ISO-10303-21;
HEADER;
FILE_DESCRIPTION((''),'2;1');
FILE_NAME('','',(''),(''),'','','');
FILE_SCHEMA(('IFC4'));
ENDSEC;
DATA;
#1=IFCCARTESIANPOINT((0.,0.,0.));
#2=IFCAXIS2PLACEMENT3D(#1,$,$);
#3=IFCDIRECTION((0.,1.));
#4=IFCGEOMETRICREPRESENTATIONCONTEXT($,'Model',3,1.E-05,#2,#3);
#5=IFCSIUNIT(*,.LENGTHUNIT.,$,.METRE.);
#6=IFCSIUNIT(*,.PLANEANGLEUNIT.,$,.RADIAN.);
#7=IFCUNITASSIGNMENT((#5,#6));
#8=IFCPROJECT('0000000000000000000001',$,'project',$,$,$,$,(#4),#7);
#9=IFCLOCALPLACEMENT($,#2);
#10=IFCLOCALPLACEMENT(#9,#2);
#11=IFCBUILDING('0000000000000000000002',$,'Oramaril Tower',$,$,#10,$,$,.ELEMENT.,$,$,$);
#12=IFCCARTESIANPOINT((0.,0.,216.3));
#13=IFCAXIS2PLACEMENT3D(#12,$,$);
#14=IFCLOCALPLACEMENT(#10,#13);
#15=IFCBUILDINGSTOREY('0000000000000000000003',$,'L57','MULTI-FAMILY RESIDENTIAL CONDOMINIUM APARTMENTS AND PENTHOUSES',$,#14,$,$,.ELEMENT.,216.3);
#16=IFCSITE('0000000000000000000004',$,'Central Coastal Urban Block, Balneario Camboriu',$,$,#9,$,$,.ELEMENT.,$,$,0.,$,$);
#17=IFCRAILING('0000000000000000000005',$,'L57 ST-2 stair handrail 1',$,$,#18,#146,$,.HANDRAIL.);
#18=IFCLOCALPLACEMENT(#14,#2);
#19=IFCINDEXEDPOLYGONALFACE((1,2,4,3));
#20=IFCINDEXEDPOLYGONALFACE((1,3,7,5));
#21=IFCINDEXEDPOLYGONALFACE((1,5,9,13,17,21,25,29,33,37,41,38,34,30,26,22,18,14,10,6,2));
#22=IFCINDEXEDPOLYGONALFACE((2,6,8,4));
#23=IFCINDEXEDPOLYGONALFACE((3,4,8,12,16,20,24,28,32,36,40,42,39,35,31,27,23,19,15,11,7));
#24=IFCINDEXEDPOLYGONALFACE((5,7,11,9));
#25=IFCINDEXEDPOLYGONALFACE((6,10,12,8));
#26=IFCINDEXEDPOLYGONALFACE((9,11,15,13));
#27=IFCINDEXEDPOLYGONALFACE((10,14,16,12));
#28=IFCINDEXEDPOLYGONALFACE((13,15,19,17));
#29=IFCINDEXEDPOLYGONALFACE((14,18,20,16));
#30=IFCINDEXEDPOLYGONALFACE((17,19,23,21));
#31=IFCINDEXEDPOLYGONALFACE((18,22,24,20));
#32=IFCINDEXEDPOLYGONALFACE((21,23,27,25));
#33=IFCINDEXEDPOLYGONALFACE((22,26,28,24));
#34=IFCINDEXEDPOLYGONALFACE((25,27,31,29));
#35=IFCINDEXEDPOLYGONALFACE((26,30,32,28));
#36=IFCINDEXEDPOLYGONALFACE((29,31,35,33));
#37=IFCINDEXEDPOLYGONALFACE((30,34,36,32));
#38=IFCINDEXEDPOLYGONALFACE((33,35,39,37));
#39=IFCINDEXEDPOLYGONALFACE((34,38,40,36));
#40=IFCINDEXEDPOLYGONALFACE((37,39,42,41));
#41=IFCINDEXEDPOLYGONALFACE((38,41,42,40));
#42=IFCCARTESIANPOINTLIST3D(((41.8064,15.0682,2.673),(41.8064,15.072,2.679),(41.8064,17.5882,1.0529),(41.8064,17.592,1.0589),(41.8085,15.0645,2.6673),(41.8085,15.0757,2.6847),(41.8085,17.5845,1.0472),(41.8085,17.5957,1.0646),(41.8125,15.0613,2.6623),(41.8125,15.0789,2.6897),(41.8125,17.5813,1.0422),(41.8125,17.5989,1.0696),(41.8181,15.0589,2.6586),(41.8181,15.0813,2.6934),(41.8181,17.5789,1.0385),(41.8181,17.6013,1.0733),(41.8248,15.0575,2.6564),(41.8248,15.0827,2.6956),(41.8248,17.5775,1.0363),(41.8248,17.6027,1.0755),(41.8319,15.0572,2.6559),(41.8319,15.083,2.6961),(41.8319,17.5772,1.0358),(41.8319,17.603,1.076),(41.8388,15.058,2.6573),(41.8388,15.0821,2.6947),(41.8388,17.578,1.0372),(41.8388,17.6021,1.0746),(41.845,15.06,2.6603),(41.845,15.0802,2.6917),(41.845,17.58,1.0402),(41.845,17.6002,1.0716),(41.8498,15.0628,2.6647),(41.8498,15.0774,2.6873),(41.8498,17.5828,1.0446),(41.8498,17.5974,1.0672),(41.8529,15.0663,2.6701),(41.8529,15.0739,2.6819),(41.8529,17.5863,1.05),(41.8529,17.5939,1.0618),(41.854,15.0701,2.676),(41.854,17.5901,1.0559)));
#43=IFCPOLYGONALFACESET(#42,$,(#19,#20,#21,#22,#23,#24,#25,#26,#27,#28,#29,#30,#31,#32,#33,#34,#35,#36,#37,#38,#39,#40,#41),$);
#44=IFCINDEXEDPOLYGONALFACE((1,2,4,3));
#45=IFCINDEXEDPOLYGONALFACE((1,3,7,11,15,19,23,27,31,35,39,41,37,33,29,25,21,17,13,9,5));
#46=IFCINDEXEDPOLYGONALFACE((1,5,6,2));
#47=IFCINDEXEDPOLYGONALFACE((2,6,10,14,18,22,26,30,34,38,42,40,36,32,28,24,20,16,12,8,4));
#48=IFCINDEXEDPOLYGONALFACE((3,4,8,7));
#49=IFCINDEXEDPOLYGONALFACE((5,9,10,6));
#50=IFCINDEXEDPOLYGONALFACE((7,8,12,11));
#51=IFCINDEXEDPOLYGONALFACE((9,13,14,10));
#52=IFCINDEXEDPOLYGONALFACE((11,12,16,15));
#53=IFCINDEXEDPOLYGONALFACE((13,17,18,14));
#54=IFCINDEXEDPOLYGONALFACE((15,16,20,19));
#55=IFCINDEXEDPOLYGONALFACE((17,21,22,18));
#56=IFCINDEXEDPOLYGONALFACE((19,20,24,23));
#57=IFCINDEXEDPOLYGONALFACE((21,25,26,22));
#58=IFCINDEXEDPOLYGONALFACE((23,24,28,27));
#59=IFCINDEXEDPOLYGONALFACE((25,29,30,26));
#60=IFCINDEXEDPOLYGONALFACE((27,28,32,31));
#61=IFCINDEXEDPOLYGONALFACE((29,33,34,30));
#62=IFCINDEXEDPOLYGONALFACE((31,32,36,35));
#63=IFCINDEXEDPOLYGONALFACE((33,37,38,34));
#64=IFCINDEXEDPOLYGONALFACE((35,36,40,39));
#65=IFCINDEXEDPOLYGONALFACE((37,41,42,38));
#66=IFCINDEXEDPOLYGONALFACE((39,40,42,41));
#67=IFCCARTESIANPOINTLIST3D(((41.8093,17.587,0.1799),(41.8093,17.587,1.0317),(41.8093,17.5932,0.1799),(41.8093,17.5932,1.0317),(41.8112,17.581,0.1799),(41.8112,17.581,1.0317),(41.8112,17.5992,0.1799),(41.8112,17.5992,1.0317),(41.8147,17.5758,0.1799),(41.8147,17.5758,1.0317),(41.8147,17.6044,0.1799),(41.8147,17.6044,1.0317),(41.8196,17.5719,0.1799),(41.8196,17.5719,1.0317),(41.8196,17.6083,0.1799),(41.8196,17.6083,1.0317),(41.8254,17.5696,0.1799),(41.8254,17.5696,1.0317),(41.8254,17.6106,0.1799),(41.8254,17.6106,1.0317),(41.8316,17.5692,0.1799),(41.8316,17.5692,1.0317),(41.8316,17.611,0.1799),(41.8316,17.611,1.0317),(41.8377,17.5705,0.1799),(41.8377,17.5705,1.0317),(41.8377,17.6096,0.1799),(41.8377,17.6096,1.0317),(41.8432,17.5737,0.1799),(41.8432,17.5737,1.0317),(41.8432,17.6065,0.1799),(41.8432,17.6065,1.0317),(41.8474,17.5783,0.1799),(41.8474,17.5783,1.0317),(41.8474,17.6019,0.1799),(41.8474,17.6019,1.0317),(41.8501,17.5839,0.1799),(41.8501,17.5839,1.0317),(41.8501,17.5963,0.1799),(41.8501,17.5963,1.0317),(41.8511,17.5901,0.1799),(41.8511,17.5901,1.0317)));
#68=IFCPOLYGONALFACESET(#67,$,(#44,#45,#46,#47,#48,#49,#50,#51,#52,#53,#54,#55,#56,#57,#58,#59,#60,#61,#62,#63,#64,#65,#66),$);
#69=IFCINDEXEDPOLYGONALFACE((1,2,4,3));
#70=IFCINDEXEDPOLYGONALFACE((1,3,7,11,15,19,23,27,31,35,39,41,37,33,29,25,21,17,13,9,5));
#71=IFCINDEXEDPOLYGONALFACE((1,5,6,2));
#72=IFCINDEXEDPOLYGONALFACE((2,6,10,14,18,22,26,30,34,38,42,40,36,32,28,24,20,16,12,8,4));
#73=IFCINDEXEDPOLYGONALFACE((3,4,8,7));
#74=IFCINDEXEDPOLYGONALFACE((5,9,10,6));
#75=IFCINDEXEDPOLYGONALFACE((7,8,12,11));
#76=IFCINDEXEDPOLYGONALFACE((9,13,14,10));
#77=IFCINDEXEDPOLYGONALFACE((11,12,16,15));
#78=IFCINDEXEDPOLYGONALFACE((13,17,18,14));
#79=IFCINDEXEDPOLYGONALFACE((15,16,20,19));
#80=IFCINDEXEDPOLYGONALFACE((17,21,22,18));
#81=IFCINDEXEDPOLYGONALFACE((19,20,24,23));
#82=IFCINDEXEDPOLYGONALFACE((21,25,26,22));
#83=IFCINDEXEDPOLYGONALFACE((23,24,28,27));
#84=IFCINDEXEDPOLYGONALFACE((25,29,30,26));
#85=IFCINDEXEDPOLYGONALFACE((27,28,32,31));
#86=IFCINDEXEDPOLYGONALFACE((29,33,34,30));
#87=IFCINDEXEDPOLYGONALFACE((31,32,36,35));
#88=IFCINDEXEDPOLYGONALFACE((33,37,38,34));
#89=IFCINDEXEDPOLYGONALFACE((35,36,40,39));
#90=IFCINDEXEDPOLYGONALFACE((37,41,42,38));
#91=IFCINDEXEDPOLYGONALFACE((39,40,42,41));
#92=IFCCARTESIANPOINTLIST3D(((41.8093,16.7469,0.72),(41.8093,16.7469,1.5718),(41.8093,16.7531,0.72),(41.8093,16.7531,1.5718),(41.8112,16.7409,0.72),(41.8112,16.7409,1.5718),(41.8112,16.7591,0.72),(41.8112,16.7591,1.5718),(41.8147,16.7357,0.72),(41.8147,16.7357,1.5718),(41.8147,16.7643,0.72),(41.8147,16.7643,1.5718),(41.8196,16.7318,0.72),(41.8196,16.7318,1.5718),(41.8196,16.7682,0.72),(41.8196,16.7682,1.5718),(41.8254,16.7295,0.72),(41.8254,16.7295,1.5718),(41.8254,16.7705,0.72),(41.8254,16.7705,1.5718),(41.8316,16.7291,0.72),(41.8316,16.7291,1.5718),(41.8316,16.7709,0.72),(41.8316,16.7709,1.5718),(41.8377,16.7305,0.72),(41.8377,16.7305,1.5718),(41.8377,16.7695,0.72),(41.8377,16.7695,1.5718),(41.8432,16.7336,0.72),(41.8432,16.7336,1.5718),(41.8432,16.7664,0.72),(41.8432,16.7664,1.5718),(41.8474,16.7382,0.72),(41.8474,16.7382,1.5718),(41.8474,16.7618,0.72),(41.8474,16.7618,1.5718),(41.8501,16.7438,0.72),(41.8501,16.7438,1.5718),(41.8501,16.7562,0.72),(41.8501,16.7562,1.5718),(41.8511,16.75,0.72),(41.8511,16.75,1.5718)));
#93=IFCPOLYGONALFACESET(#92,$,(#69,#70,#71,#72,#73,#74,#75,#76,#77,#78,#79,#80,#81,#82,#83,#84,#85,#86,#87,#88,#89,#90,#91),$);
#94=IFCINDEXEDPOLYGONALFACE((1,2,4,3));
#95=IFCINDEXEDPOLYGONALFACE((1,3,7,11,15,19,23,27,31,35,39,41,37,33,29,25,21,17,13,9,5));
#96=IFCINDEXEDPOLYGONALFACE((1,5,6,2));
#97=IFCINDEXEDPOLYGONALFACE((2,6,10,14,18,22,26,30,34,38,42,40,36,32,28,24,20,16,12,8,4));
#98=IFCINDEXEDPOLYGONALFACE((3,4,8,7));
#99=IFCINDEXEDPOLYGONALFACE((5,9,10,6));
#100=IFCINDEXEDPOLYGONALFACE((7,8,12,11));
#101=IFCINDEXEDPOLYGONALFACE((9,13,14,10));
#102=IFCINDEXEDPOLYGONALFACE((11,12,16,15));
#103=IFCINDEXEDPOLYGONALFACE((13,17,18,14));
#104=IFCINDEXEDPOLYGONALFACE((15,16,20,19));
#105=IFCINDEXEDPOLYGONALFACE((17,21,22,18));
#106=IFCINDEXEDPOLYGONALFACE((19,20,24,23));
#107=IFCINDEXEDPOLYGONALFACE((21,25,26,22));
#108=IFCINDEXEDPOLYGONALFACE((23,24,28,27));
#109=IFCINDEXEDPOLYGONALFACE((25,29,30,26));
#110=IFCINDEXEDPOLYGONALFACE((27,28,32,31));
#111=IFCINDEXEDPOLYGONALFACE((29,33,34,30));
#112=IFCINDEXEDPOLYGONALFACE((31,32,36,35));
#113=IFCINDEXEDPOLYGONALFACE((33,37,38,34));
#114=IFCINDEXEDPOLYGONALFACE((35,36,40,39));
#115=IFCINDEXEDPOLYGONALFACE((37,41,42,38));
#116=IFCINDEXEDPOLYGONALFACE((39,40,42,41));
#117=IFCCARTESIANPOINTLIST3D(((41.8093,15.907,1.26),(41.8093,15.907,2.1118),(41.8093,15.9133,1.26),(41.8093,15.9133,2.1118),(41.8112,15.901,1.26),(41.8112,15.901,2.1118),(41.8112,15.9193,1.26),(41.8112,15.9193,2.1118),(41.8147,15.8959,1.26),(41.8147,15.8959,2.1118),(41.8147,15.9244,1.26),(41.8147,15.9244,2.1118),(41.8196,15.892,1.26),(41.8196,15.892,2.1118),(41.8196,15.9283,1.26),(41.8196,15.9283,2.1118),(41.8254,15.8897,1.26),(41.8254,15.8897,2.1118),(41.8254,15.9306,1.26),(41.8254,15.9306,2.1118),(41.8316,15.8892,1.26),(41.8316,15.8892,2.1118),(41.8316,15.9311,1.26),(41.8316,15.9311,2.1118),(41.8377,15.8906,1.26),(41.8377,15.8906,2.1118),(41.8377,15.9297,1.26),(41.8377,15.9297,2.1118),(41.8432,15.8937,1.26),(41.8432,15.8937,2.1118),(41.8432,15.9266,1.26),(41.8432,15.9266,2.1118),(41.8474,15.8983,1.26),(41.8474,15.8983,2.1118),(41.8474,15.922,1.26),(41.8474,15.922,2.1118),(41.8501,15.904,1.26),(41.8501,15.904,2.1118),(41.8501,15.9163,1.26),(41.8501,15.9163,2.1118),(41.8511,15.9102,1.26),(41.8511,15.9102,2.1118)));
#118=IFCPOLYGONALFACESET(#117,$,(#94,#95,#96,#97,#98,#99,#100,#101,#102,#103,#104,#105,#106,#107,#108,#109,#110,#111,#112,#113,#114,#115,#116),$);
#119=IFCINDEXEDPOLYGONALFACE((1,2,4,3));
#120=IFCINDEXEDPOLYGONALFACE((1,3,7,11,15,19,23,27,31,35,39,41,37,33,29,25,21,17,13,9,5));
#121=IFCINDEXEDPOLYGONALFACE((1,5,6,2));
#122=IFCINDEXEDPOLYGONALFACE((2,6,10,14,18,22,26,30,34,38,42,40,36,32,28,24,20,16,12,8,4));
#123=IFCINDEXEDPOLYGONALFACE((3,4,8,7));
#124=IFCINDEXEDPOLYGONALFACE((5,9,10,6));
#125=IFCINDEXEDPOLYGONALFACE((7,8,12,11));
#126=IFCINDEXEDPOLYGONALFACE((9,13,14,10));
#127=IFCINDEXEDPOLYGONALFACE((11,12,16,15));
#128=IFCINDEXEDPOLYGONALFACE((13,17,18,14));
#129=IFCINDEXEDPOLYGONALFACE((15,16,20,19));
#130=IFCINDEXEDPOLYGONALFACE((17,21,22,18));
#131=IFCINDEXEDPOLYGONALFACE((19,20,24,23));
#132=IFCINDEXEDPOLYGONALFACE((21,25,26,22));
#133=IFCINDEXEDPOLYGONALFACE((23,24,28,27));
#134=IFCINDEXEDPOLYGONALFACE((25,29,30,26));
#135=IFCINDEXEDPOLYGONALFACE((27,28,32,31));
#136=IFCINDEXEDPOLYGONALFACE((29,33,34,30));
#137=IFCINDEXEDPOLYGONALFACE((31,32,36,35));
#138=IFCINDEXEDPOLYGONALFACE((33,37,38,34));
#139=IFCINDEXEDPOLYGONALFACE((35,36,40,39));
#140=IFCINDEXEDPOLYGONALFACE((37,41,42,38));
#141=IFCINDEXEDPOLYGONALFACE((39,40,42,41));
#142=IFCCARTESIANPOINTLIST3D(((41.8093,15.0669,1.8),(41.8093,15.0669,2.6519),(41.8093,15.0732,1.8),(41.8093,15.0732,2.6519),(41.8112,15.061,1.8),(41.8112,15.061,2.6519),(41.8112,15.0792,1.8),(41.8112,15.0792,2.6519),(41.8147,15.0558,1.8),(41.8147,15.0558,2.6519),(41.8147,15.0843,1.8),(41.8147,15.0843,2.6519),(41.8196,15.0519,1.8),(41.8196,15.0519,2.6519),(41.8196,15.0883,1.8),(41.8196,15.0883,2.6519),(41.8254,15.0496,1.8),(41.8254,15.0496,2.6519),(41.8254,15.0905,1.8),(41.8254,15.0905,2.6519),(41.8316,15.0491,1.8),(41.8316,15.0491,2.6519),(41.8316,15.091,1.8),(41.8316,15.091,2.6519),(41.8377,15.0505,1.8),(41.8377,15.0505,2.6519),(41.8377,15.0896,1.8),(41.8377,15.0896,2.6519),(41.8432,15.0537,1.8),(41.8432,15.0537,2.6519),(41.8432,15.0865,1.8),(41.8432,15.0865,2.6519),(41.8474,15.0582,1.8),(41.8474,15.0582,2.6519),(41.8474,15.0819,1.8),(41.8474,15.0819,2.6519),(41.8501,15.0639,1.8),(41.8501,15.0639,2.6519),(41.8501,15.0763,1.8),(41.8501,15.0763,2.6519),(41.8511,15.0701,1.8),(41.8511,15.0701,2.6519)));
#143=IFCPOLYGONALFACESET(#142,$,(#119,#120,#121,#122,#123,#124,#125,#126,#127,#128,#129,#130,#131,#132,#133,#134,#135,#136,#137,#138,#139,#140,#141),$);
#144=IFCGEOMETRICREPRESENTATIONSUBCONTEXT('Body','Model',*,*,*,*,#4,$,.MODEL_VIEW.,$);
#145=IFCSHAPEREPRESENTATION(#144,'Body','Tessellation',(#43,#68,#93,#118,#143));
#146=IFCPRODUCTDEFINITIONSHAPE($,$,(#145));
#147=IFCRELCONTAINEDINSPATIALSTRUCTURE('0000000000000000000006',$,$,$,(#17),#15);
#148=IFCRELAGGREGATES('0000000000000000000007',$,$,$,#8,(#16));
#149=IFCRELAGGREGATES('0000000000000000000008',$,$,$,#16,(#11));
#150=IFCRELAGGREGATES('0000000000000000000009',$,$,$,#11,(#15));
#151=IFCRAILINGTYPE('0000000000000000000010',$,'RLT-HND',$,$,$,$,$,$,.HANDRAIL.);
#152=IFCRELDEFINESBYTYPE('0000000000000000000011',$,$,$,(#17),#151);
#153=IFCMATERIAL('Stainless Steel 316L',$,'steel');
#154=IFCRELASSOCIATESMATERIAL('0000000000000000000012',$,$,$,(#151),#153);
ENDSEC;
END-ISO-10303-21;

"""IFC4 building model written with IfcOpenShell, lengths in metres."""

from ifc_helpers import new_model, si_unit, direction, frame, origin, origin_2d, place, context, subcontext, project, spatial, circle, extrude, material, type_object, element, save


model = new_model("IFC4")

# Units and contexts
model_context = context("Model", 3, precision=1e-05, world=origin(), true_north=direction((0.0, 1.0)))
body_context = subcontext(model_context, "Body", "Model", "MODEL_VIEW")
ifc_project = project(units=[si_unit("LENGTHUNIT", "METRE"), si_unit("PLANEANGLEUNIT", "RADIAN")], contexts=[model_context])

# Site, building, storey
site_placement = place(None, origin())
site = spatial("IfcSite", under=ifc_project, at=site_placement, Name="Central Coastal Urban Block, Balneario Camboriu", CompositionType="ELEMENT", RefElevation=0.0)
building_placement = place(site_placement, origin())
building = spatial("IfcBuilding", under=site, at=building_placement, Name="Oramaril Tower", CompositionType="ELEMENT")
storey_placement = place(building_placement, frame((0.0, 0.0, 216.3)))
storey = spatial("IfcBuildingStorey", under=building, at=storey_placement, Name="L57", Description="MULTI-FAMILY RESIDENTIAL CONDOMINIUM APARTMENTS AND PENTHOUSES", CompositionType="ELEMENT", Elevation=216.3)

# Railing
ifc_material_1 = material(Name="Stainless Steel 316L", Category="steel")
railing_type_1 = type_object("IfcRailingType", Name="RLT-HND", PredefinedType="HANDRAIL", material=ifc_material_1)
railing_1_placement = place(storey_placement, frame((41.8301, 17.5901, 0.1799)))
element("IfcRailing", 1, at=railing_1_placement, inside=storey, type_object=railing_type_1, Name="L57 ST-2 stair handrail 1", PredefinedType="HANDRAIL", context=body_context, shape_type="SweptSolid", body=[
    extrude(circle(Radius=0.0239, at=origin_2d()), frame((0.0, 0.0, 0.876), z_axis=(0.0, -0.841163, 0.540782), x_axis=(1.0, 0.0, 0.0)), (0.0, 0.0, 1.0), 2.9958),
    extrude(circle(Radius=0.021, at=origin_2d()), origin(), (0.0, 0.0, 1.0), 0.8518),
    extrude(circle(Radius=0.021, at=origin_2d()), frame((0.0, -0.8401, 0.54)), (0.0, 0.0, 1.0), 0.8518),
    extrude(circle(Radius=0.021, at=origin_2d()), frame((0.0, -1.6799, 1.0801)), (0.0, 0.0, 1.0), 0.8518),
    extrude(circle(Radius=0.021, at=origin_2d()), frame((0.0, -2.52, 1.6201)), (0.0, 0.0, 1.0), 0.8518),
])

save(model, "model.ifc")
